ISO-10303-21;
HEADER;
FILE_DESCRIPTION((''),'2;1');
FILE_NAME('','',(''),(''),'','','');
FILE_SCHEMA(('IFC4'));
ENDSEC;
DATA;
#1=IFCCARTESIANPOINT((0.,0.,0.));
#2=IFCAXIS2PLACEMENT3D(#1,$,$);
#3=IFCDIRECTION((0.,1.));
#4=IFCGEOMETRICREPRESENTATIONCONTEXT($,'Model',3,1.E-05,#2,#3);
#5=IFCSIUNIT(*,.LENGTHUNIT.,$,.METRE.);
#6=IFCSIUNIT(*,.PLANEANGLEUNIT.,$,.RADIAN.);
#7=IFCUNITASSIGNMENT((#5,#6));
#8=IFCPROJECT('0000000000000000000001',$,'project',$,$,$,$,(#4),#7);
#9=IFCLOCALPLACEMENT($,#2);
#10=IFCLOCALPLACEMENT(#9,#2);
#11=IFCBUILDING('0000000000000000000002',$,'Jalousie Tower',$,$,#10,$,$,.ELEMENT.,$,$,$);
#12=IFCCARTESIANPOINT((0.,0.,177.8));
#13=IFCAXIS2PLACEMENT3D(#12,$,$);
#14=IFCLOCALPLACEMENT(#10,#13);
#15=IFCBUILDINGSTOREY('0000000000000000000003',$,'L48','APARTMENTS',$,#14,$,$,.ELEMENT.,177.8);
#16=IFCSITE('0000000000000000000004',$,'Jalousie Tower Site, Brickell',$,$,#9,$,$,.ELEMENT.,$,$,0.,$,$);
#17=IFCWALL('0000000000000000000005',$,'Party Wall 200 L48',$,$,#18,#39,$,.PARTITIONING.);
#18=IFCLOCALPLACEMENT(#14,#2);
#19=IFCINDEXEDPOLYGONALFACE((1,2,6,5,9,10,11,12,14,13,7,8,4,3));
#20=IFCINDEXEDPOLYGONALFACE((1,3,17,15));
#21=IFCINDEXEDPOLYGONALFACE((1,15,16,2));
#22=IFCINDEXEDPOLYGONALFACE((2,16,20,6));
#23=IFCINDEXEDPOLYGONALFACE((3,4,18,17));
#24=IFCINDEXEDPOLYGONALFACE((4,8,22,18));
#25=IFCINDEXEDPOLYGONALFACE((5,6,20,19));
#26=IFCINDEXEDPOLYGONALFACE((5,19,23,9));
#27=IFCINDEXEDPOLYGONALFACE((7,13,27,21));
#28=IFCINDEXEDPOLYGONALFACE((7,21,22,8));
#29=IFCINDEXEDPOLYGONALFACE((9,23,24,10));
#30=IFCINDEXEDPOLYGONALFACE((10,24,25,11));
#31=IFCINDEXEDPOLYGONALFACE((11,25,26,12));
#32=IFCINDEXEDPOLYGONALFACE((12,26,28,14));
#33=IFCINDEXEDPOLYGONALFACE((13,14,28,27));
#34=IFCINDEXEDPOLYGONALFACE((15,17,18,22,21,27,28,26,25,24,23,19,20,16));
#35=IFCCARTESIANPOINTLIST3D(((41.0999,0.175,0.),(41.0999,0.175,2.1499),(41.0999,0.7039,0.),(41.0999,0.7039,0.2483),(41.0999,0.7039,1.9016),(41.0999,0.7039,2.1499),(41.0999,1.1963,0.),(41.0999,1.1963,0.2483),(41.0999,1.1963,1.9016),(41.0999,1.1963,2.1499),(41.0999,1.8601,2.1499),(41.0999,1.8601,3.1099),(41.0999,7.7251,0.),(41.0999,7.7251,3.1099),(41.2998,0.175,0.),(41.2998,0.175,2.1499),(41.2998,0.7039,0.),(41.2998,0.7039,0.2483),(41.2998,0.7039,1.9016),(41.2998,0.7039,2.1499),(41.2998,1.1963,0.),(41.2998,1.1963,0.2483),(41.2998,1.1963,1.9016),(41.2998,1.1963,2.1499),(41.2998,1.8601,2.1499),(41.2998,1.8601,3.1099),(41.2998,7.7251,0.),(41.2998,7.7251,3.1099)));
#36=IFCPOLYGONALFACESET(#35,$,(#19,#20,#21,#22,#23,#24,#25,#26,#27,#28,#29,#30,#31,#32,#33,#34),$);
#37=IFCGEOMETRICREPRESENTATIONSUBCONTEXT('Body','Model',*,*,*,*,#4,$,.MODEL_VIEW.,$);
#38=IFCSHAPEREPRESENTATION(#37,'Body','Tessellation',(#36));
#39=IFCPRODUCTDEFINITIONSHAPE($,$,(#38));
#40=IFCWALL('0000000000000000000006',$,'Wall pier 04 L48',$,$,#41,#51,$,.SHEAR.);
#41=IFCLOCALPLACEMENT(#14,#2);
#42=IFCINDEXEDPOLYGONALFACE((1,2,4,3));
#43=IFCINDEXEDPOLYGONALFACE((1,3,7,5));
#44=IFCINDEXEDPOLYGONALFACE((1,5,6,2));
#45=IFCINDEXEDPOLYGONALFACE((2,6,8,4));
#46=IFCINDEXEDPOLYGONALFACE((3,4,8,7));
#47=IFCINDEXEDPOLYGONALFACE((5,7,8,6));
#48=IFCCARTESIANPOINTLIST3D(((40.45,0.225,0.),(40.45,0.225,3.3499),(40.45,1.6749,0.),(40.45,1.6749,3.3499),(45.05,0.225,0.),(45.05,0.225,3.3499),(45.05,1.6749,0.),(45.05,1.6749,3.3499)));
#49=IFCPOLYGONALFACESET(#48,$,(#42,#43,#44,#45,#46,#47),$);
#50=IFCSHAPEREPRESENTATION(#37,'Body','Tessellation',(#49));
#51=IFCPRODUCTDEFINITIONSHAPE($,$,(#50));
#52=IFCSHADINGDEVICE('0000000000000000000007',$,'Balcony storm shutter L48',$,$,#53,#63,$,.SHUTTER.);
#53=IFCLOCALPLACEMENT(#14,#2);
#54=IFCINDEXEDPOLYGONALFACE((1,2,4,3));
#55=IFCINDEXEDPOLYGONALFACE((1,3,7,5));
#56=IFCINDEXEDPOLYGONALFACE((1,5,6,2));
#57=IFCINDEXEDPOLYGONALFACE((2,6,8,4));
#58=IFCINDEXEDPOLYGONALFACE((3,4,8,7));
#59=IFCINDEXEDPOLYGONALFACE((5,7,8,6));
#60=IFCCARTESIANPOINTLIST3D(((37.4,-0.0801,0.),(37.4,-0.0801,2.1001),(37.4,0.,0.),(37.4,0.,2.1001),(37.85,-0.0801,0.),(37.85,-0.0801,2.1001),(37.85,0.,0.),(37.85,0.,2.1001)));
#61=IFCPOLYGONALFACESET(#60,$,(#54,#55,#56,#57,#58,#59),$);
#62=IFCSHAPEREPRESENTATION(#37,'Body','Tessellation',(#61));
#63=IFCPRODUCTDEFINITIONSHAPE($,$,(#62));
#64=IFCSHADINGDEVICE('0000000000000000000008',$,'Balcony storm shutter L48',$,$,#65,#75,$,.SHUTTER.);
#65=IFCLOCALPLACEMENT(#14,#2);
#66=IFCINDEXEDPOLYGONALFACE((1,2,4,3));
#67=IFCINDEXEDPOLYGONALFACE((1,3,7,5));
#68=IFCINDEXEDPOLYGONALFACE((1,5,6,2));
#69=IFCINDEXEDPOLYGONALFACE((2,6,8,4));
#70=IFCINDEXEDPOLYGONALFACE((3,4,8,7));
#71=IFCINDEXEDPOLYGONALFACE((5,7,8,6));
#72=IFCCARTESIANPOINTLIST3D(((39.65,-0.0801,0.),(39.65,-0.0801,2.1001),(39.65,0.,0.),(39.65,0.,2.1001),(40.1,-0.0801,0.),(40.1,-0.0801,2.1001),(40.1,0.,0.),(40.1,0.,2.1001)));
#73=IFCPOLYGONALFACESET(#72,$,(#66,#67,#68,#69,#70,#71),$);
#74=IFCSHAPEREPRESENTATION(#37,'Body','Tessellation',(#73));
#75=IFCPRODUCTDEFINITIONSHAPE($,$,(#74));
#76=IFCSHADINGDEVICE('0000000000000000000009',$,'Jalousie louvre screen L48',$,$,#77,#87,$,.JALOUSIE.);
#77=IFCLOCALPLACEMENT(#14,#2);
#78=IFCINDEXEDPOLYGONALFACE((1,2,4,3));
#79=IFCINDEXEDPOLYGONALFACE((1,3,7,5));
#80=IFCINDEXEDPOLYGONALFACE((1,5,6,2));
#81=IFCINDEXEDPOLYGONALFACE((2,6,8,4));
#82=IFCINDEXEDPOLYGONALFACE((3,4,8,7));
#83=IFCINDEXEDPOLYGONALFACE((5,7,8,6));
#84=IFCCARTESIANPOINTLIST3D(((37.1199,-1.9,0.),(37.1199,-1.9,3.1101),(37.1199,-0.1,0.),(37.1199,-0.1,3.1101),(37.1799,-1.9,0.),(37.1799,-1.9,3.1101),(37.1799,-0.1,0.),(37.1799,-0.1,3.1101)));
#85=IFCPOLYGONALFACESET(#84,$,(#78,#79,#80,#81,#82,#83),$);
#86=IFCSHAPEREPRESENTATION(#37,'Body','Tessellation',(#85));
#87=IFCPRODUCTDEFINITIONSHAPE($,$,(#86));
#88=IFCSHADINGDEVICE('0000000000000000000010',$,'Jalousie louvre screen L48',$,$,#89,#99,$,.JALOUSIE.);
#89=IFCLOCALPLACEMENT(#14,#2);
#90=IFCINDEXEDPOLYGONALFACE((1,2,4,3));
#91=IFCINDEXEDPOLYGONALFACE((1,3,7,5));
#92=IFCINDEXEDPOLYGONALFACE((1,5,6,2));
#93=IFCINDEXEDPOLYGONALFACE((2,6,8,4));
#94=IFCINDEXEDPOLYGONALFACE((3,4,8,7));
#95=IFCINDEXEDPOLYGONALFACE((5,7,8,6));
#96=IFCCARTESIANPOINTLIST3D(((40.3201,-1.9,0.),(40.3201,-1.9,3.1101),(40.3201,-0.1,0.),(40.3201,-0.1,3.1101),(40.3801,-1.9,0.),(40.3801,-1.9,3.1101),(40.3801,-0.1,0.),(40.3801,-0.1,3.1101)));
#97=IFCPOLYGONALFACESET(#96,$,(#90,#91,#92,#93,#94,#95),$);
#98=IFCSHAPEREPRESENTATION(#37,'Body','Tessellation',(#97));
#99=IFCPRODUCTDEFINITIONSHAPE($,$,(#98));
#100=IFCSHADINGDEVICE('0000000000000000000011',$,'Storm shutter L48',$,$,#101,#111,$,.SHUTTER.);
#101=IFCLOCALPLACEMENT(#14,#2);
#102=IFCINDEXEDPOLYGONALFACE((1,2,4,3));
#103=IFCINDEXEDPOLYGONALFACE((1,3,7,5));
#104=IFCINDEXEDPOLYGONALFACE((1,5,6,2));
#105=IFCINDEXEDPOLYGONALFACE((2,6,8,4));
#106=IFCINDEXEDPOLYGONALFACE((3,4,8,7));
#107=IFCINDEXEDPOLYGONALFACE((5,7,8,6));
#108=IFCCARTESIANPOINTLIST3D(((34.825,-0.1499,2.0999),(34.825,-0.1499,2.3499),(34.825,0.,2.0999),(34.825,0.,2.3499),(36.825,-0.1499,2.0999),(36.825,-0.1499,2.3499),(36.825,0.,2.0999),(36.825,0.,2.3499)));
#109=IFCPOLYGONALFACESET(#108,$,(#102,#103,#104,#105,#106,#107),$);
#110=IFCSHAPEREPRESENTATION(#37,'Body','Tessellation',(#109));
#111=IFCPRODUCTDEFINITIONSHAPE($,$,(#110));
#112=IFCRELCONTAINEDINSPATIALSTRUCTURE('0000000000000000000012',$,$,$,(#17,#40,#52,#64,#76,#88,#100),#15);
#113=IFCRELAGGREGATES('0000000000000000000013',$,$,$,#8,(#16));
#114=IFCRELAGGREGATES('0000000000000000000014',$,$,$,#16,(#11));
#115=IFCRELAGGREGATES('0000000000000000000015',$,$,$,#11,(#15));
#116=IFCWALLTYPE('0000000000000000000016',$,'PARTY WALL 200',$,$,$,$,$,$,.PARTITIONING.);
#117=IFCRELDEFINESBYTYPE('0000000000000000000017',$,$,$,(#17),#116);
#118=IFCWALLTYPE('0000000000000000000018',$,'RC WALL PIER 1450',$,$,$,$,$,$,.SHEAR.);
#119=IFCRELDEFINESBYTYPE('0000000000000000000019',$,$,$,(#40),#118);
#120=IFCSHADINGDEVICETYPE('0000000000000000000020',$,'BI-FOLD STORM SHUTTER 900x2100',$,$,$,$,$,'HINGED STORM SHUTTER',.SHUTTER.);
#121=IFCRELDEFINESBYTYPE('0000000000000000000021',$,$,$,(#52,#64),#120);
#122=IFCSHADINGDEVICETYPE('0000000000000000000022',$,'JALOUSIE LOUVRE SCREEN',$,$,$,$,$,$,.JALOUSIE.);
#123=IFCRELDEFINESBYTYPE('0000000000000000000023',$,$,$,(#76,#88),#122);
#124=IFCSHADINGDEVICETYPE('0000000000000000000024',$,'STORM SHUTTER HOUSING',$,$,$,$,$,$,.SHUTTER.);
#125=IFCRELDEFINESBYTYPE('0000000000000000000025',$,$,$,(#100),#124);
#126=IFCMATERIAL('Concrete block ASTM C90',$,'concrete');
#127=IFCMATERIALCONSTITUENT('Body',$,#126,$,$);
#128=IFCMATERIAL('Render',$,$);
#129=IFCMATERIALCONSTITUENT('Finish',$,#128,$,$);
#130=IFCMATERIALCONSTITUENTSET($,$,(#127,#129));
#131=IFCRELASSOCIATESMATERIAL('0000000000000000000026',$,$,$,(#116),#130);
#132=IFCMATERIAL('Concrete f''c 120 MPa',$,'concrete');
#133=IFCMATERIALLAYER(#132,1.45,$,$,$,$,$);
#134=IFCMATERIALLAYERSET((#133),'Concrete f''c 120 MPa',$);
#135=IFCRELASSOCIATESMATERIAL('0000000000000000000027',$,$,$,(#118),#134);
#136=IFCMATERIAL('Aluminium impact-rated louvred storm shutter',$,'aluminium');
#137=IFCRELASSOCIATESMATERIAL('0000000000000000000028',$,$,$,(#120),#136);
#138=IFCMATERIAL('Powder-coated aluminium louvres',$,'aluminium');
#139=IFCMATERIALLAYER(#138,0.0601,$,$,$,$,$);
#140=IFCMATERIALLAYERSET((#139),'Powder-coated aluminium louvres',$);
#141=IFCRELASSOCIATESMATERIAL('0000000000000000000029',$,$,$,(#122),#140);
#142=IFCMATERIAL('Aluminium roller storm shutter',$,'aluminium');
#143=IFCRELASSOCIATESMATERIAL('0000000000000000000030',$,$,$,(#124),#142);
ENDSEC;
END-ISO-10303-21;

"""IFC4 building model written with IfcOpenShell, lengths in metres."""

from ifc_helpers import new_model, si_unit, direction, frame, frame_2d, origin, origin_2d, place, context, subcontext, project, spatial, polyline, rectangle, outline, extrude, material, layer, layer_set, constituent, constituent_set, type_object, element, save


model = new_model("IFC4")

# Units and contexts
model_context = context("Model", 3, precision=1e-05, world=origin(), true_north=direction((0.0, 1.0)))
body_context = subcontext(model_context, "Body", "Model", "MODEL_VIEW")
ifc_project = project(units=[si_unit("LENGTHUNIT", "METRE"), si_unit("PLANEANGLEUNIT", "RADIAN")], contexts=[model_context])

# Site, building, storey
site_placement = place(None, origin())
site = spatial("IfcSite", under=ifc_project, at=site_placement, Name="Jalousie Tower Site, Brickell", CompositionType="ELEMENT", RefElevation=0.0)
building_placement = place(site_placement, origin())
building = spatial("IfcBuilding", under=site, at=building_placement, Name="Jalousie Tower", CompositionType="ELEMENT")
storey_placement = place(building_placement, frame((0.0, 0.0, 177.8)))
storey = spatial("IfcBuildingStorey", under=building, at=storey_placement, Name="L48", Description="APARTMENTS", CompositionType="ELEMENT", Elevation=177.8)

# Walls
ifc_material_1 = material(Name="Concrete block ASTM C90", Category="concrete")
ifc_constituent_1 = constituent(ifc_material_1, Name="Body")
ifc_material_2 = material(Name="Render")
ifc_constituent_2 = constituent(ifc_material_2, Name="Finish")
ifc_constituent_set_1 = constituent_set(constituents=[ifc_constituent_1, ifc_constituent_2])
wall_type_1 = type_object("IfcWallType", Name="PARTY WALL 200", PredefinedType="PARTITIONING", material=ifc_constituent_set_1)
wall_1_placement = place(storey_placement, frame((41.2, 0.175, 0.0), z_axis=(0.0, 0.0, 1.0), x_axis=(0.0, 1.0, 0.0)))
element("IfcWall", 1, at=wall_1_placement, inside=storey, type_object=wall_type_1, Name="Party Wall 200 L48", PredefinedType="PARTITIONING", context=body_context, shape_type="SweptSolid", body=[
    extrude(outline(polyline([(0.5288, 2.1499), (0.0, 2.1499), (0.0, 0.0), (0.5288, 0.0), (0.5288, 0.2483), (1.0212, 0.2483), (1.0212, 0.0), (7.55, 0.0), (7.55, 3.1099), (1.6851, 3.1099), (1.6851, 2.1499), (1.0212, 2.1499), (1.0212, 1.9016), (0.5288, 1.9016), (0.5288, 2.1499)])), frame((0.0, 0.1001, 0.0), z_axis=(0.0, -1.0, 0.0), x_axis=(1.0, 0.0, 0.0)), (0.0, 0.0, 1.0), 0.2),
])
ifc_material_3 = material(Name="Concrete f'c 120 MPa", Category="concrete")
ifc_layer_1 = layer(ifc_material_3, 1.45)
ifc_layer_set_1 = layer_set([ifc_layer_1], Name="Concrete f'c 120 MPa")
wall_type_2 = type_object("IfcWallType", Name="RC WALL PIER 1450", PredefinedType="SHEAR", material=ifc_layer_set_1)
wall_2_placement = place(storey_placement, frame((40.45, 0.95, 0.0), z_axis=(0.0, 0.0, 1.0), x_axis=(1.0, 0.0, 0.0)))
element("IfcWall", 2, at=wall_2_placement, inside=storey, type_object=wall_type_2, Name="Wall pier 04 L48", PredefinedType="SHEAR", context=body_context, shape_type="SweptSolid", body=[
    extrude(rectangle(XDim=4.6001, YDim=1.45, at=frame_2d((2.3, 0.0))), origin(), (0.0, 0.0, 1.0), 3.3499),
])

# Shading devices
ifc_material_4 = material(Name="Aluminium impact-rated louvred storm shutter", Category="aluminium")
shading_device_type_1 = type_object("IfcShadingDeviceType", Name="BI-FOLD STORM SHUTTER 900x2100", ElementType="HINGED STORM SHUTTER", PredefinedType="SHUTTER", material=ifc_material_4)
for number, where, z_axis, x_axis, name in (
    (3, (37.625, -0.04, 0.0), (0.0, 0.0, 1.0), (1.0, 0.0, 0.0), "Balcony storm shutter L48"),
    (4, (39.875, -0.04, 0.0), (0.0, 0.0, 1.0), (1.0, 0.0, 0.0), "Balcony storm shutter L48"),
):
    element("IfcShadingDevice", number, at=place(storey_placement, frame(where, z_axis=z_axis, x_axis=x_axis)), inside=storey, type_object=shading_device_type_1, Name=name, PredefinedType="SHUTTER", context=body_context, shape_type="SweptSolid", body=[
        extrude(rectangle(XDim=0.45, YDim=0.0801, at=origin_2d()), origin(), (0.0, 0.0, 1.0), 2.1001),
    ])

# Shading devices
ifc_material_5 = material(Name="Powder-coated aluminium louvres", Category="aluminium")
ifc_layer_2 = layer(ifc_material_5, 0.0601)
ifc_layer_set_2 = layer_set([ifc_layer_2], Name="Powder-coated aluminium louvres")
shading_device_type_2 = type_object("IfcShadingDeviceType", Name="JALOUSIE LOUVRE SCREEN", PredefinedType="JALOUSIE", material=ifc_layer_set_2)
for number, where, z_axis, x_axis, name in (
    (5, (37.1499, -1.0, 0.0), (0.0, 0.0, 1.0), (1.0, 0.0, 0.0), "Jalousie louvre screen L48"),
    (6, (40.3501, -1.0, 0.0), (0.0, 0.0, 1.0), (1.0, 0.0, 0.0), "Jalousie louvre screen L48"),
):
    element("IfcShadingDevice", number, at=place(storey_placement, frame(where, z_axis=z_axis, x_axis=x_axis)), inside=storey, type_object=shading_device_type_2, Name=name, PredefinedType="JALOUSIE", context=body_context, shape_type="SweptSolid", body=[
        extrude(rectangle(XDim=0.0601, YDim=1.8, at=origin_2d()), origin(), (0.0, 0.0, 1.0), 3.1101),
    ])
ifc_material_6 = material(Name="Aluminium roller storm shutter", Category="aluminium")
shading_device_type_3 = type_object("IfcShadingDeviceType", Name="STORM SHUTTER HOUSING", PredefinedType="SHUTTER", material=ifc_material_6)
shading_device_placement = place(storey_placement, frame((35.825, -0.075, 2.0999), z_axis=(0.0, 0.0, 1.0), x_axis=(1.0, 0.0, 0.0)))
element("IfcShadingDevice", 7, at=shading_device_placement, inside=storey, type_object=shading_device_type_3, Name="Storm shutter L48", PredefinedType="SHUTTER", context=body_context, shape_type="SweptSolid", body=[
    extrude(rectangle(XDim=2.0, YDim=0.1499, at=origin_2d()), origin(), (0.0, 0.0, 1.0), 0.25),
])

save(model, "model.ifc")
